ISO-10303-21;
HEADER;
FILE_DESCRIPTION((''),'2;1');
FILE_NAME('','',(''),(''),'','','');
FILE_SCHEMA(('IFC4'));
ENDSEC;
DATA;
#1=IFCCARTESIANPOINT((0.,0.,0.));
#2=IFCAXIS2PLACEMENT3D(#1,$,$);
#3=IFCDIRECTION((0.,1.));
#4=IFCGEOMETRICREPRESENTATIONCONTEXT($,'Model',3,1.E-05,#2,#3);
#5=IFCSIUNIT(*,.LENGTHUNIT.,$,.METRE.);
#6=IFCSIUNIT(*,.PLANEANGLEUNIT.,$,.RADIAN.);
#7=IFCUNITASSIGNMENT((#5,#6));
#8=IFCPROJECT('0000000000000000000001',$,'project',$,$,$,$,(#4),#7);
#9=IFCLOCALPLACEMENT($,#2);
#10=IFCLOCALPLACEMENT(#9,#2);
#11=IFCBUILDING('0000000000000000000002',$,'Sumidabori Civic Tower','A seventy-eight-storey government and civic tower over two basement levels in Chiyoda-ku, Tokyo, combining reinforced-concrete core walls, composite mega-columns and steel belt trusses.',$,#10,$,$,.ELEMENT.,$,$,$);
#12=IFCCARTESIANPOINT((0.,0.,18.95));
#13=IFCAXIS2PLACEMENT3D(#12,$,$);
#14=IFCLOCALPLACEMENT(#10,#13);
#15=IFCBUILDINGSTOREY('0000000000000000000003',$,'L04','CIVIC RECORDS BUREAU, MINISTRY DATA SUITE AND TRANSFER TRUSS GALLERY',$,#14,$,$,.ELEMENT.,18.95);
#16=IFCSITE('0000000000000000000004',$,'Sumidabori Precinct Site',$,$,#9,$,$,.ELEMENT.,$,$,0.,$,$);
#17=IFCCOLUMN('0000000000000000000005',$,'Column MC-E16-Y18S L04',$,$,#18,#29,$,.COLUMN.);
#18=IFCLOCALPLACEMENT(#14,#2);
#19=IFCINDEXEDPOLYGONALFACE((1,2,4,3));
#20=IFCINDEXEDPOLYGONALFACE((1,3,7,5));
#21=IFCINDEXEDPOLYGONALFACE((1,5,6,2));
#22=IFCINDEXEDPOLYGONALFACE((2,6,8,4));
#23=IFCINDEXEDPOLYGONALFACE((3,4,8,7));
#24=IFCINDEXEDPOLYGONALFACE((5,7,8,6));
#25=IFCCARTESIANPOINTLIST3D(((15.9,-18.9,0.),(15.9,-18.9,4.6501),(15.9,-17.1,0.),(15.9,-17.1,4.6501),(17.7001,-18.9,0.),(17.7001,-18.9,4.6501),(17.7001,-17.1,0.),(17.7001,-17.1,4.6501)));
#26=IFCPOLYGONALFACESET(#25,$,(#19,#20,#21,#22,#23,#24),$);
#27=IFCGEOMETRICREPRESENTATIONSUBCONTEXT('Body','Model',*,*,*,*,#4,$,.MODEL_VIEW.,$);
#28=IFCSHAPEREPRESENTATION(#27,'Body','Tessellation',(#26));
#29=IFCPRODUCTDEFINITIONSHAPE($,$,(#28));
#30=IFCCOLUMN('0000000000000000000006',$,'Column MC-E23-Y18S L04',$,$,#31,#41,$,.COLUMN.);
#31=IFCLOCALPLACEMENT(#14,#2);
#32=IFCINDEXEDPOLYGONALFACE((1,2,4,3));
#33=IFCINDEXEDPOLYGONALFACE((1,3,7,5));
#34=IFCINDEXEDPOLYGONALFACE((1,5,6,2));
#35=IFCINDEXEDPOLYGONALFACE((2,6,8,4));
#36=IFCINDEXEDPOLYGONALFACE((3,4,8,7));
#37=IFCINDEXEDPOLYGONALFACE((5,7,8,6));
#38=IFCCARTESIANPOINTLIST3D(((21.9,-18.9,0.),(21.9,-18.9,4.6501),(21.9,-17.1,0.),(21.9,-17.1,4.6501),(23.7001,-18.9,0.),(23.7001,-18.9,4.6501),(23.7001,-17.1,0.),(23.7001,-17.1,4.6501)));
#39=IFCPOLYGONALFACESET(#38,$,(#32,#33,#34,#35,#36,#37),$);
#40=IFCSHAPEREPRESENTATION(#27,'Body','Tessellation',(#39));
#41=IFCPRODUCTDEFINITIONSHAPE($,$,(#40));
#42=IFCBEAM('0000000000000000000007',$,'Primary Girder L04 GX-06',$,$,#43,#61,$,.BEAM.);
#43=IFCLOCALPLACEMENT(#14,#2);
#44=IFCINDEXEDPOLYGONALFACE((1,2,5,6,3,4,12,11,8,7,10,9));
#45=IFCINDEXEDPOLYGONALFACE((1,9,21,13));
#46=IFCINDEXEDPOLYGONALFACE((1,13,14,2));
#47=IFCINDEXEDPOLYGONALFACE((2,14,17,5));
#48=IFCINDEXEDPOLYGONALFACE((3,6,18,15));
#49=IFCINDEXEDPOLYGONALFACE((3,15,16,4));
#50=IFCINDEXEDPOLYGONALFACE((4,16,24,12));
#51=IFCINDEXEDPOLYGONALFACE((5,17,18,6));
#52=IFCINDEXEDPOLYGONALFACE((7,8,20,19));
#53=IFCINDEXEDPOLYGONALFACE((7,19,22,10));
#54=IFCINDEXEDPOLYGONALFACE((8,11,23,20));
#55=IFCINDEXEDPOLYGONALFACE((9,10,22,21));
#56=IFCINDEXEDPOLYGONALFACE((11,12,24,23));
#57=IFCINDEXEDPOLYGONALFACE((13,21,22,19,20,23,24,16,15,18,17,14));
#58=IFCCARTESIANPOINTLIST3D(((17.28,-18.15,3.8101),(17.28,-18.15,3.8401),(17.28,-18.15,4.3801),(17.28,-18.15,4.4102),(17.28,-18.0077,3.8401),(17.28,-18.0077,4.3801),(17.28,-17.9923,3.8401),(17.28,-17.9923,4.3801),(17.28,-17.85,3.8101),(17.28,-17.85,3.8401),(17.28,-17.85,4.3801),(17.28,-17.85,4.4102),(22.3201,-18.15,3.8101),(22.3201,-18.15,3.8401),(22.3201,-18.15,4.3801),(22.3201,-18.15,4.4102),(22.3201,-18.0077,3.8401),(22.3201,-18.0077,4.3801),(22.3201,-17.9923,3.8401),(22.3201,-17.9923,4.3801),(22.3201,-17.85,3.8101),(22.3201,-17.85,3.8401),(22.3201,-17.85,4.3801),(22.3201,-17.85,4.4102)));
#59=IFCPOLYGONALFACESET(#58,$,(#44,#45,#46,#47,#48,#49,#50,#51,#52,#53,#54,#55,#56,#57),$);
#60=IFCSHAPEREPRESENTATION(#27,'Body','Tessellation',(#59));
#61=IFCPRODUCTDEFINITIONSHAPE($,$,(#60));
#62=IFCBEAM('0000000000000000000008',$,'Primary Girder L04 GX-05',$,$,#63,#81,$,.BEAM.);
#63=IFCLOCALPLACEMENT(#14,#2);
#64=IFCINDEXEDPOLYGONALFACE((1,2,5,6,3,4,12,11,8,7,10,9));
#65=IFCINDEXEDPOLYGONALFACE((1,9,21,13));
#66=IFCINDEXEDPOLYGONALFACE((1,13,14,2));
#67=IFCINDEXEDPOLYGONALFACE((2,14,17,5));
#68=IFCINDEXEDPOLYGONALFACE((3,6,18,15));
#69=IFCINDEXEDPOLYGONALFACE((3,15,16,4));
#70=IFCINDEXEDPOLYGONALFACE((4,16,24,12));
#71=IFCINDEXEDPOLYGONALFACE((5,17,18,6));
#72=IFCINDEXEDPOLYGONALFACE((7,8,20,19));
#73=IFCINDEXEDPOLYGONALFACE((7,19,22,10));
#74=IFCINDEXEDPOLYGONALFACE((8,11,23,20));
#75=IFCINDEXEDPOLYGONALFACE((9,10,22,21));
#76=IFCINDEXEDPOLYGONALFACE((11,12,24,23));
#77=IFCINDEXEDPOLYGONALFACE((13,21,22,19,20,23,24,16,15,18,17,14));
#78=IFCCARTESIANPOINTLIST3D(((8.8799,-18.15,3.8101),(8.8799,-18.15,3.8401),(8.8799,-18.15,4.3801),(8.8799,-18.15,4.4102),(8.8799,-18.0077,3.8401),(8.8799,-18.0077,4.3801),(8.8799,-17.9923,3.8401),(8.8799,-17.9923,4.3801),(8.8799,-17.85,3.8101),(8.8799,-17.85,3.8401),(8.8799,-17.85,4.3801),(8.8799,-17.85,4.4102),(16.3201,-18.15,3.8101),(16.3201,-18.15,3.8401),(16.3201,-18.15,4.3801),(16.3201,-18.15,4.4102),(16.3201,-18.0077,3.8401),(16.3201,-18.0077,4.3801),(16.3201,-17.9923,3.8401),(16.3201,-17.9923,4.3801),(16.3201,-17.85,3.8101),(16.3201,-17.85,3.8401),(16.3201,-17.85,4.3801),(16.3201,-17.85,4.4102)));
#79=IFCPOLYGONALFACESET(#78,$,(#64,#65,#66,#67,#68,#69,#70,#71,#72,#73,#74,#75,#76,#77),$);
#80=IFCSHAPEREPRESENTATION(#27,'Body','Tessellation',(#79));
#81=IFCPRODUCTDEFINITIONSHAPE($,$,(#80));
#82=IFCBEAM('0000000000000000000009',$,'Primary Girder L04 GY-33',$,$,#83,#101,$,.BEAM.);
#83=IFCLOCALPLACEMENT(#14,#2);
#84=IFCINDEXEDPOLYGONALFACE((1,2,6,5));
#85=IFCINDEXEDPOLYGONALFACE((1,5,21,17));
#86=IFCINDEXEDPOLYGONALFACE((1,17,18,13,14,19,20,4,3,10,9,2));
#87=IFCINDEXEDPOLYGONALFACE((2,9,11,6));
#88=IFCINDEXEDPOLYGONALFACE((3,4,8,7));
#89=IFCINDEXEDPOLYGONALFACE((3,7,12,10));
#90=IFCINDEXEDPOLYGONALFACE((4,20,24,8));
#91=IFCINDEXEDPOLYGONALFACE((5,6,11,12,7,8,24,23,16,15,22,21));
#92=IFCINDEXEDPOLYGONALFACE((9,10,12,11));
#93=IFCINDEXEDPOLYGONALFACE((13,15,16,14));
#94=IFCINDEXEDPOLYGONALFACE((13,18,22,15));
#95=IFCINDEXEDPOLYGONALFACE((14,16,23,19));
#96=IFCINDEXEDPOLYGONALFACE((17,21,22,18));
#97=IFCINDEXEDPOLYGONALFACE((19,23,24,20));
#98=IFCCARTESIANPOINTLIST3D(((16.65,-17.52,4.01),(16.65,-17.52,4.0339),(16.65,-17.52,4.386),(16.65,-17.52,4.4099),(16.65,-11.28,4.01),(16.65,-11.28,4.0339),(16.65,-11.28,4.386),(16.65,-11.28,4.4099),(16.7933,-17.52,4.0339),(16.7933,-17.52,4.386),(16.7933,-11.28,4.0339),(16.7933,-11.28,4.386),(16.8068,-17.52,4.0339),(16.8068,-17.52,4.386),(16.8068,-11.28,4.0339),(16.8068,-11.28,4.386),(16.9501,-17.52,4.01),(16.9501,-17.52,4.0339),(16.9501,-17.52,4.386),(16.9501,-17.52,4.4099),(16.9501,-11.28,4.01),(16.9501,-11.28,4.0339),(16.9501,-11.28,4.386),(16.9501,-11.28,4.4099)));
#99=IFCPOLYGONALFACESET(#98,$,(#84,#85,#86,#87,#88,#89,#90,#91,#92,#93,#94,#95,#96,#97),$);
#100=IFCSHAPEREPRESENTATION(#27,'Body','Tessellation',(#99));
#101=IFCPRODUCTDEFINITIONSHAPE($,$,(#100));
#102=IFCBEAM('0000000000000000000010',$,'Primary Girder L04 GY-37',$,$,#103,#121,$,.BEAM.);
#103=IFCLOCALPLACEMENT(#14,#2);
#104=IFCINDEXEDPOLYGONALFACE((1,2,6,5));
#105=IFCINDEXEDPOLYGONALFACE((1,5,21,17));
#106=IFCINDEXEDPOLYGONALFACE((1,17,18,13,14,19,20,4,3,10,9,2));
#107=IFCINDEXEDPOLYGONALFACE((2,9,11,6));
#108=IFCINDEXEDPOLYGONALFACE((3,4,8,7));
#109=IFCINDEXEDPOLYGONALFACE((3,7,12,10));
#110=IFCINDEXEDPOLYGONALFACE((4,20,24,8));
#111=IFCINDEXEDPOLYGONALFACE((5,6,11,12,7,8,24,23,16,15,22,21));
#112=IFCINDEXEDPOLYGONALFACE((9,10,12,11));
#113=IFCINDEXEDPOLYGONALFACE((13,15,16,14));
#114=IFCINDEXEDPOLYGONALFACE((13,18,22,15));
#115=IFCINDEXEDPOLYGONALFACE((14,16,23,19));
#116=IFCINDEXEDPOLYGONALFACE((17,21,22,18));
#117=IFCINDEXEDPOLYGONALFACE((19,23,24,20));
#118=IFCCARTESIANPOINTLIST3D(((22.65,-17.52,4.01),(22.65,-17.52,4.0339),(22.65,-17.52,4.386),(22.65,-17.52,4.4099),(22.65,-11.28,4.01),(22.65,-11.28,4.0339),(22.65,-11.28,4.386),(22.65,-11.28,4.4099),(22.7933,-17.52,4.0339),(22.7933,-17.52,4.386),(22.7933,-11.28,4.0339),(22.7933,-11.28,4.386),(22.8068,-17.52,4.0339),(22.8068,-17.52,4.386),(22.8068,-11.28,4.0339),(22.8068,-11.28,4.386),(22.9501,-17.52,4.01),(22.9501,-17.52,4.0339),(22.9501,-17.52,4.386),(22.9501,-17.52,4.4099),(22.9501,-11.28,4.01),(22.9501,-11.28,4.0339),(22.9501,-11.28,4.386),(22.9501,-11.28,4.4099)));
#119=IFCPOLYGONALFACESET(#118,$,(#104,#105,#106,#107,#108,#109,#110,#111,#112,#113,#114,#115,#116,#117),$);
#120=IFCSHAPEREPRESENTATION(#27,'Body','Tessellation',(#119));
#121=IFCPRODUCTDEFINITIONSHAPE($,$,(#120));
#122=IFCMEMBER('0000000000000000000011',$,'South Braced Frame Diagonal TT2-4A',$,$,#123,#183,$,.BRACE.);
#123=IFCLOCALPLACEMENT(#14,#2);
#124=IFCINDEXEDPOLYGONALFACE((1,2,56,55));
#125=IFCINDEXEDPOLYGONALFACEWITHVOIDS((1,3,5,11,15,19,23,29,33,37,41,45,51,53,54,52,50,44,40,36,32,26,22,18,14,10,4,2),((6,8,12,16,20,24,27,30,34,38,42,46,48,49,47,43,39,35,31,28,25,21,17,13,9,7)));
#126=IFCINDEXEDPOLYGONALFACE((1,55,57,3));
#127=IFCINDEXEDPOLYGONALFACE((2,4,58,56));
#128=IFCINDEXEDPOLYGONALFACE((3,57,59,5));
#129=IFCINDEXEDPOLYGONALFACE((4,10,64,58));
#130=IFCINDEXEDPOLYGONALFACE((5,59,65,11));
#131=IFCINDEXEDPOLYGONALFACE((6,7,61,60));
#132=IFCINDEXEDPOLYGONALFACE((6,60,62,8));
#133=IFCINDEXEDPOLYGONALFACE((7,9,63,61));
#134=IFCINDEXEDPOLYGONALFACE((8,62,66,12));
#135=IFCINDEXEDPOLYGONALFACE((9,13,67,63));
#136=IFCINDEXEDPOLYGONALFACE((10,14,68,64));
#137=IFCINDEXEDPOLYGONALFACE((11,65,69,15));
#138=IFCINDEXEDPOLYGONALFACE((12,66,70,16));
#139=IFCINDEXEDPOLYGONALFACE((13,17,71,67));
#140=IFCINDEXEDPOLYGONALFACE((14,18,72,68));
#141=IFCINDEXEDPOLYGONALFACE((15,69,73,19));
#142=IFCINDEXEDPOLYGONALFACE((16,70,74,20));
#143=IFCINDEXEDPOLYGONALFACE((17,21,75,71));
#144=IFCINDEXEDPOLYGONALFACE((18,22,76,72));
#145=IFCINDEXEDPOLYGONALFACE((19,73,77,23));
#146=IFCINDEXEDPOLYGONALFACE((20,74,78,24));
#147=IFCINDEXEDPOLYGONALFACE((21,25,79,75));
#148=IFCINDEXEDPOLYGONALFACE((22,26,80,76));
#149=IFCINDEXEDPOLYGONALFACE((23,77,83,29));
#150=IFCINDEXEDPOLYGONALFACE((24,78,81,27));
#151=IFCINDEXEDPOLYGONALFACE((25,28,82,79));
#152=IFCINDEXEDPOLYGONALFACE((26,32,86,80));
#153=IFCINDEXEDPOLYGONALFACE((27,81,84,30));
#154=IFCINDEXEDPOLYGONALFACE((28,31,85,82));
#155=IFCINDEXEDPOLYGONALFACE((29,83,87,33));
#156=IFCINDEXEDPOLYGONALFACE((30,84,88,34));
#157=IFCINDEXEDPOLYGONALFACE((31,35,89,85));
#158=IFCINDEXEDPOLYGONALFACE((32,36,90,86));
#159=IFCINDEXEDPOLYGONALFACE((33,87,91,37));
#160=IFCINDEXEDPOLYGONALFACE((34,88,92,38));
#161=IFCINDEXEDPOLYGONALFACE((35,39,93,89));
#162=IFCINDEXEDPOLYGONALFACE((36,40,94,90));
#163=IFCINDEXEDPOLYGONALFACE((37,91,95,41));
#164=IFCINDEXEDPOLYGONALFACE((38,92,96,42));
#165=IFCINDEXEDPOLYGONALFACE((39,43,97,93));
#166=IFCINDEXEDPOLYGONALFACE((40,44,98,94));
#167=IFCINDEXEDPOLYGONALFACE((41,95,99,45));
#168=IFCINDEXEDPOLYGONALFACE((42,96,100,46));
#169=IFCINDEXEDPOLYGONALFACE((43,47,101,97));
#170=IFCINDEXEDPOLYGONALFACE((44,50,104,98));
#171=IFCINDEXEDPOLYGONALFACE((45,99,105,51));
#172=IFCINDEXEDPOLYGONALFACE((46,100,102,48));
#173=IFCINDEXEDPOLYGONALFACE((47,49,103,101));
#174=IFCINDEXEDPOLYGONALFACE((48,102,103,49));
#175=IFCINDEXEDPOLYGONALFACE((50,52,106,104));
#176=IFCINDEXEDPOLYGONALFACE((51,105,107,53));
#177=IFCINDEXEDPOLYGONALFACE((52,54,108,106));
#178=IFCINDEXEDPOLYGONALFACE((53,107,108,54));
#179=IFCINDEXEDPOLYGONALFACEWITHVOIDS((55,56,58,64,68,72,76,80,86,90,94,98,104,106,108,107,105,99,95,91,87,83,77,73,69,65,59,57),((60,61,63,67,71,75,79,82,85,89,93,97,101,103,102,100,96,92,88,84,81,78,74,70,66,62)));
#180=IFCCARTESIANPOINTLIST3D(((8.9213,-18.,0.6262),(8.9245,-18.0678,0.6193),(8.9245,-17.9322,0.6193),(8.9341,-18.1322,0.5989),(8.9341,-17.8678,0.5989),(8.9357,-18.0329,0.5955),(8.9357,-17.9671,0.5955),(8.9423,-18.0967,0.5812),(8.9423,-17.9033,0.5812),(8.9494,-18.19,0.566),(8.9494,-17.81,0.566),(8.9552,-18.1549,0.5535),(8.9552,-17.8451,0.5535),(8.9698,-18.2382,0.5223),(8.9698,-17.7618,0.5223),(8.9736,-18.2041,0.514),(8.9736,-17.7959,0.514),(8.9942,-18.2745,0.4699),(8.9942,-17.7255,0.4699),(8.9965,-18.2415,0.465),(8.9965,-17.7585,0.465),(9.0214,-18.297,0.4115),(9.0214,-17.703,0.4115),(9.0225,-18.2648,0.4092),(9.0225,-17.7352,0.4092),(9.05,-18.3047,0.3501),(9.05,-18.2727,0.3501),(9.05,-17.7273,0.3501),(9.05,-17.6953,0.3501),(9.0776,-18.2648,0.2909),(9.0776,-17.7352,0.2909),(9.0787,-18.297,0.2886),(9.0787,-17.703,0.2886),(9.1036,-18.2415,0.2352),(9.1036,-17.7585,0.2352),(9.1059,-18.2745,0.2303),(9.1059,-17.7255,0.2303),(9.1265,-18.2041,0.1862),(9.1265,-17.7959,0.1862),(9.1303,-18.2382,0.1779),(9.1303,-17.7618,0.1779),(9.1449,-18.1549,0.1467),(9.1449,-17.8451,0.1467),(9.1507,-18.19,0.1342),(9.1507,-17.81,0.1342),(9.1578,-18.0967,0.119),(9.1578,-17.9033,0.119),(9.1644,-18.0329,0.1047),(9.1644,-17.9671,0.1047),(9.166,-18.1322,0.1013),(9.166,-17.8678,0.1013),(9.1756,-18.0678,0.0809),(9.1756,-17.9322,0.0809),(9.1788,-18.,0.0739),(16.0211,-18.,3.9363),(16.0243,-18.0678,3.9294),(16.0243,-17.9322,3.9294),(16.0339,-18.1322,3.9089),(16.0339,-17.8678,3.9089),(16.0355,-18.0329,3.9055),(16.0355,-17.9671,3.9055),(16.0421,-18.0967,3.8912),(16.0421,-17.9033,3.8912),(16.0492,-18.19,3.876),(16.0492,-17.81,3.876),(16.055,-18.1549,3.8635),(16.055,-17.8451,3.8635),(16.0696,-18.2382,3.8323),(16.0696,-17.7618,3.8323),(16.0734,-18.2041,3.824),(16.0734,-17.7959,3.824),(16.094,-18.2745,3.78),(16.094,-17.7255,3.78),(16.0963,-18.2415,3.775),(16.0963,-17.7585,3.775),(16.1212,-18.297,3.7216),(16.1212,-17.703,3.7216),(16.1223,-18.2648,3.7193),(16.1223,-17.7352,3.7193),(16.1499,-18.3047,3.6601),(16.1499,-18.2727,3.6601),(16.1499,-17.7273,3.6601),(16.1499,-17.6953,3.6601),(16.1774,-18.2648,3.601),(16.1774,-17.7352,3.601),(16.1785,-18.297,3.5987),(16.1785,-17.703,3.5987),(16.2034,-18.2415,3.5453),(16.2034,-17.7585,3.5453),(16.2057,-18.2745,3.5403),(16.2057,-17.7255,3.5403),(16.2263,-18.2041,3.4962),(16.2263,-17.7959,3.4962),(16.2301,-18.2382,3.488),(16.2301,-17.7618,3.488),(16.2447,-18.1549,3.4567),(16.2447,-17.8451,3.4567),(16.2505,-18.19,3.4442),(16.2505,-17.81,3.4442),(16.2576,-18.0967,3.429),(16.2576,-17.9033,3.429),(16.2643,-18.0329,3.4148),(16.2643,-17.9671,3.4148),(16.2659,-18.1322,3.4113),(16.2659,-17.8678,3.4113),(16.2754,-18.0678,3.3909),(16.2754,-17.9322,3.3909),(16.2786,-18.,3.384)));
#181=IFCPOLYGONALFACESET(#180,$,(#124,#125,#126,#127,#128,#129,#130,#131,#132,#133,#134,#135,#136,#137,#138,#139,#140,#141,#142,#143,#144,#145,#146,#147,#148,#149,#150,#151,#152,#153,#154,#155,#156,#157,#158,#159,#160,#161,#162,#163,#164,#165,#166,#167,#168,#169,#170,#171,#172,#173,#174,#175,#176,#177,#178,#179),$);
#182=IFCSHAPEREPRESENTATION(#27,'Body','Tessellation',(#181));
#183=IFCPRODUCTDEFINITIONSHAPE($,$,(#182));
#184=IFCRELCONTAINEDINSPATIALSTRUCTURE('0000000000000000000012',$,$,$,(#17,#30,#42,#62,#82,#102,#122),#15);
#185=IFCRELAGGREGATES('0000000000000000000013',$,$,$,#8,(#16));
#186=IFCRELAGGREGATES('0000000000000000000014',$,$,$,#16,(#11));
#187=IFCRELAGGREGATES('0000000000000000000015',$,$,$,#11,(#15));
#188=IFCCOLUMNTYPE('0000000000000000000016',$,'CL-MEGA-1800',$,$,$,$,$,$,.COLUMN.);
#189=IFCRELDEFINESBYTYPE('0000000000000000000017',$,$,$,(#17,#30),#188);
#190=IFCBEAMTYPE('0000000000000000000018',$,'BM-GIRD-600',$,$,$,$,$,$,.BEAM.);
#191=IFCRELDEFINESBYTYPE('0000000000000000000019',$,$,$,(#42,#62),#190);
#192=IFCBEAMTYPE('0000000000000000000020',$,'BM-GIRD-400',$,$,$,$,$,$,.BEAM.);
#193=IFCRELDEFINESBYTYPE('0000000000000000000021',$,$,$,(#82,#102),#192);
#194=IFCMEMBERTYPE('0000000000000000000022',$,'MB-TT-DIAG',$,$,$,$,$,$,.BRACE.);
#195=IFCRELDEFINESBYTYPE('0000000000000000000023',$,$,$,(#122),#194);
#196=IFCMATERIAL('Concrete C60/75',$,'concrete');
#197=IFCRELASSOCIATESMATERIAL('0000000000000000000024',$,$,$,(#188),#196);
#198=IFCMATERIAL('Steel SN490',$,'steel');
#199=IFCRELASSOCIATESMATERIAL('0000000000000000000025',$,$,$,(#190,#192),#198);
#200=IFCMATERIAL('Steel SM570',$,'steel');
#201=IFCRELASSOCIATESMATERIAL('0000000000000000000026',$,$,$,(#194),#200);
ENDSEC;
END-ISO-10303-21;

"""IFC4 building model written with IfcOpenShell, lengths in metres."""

from ifc_helpers import new_model, si_unit, direction, frame, origin, origin_2d, place, context, subcontext, project, spatial, rectangle, hollow_circle, i_section, extrude, source, transform, mapped, material, material_profile, profile_set, type_object, element, save


model = new_model("IFC4")

# Units and contexts
model_context = context("Model", 3, precision=1e-05, world=origin(), true_north=direction((0.0, 1.0)))
body_context = subcontext(model_context, "Body", "Model", "MODEL_VIEW")
ifc_project = project(units=[si_unit("LENGTHUNIT", "METRE"), si_unit("PLANEANGLEUNIT", "RADIAN")], contexts=[model_context])

# Site, building, storey
site_placement = place(None, origin())
site = spatial("IfcSite", under=ifc_project, at=site_placement, Name="Sumidabori Precinct Site", CompositionType="ELEMENT", RefElevation=0.0)
building_placement = place(site_placement, origin())
building = spatial("IfcBuilding", under=site, at=building_placement, Name="Sumidabori Civic Tower", Description="A seventy-eight-storey government and civic tower over two basement levels in Chiyoda-ku, Tokyo, combining reinforced-concrete core walls, composite mega-columns and steel belt trusses.", CompositionType="ELEMENT")
storey_placement = place(building_placement, frame((0.0, 0.0, 18.95)))
storey = spatial("IfcBuildingStorey", under=building, at=storey_placement, Name="L04", Description="CIVIC RECORDS BUREAU, MINISTRY DATA SUITE AND TRANSFER TRUSS GALLERY", CompositionType="ELEMENT", Elevation=18.95)

# Columns
ifc_material_1 = material(Name="Concrete C60/75", Category="concrete")
ifc_material_profile_1 = material_profile(ifc_material_1, rectangle(XDim=1.8, YDim=1.8, at=origin_2d()), Name="RC 1800x1800")
ifc_profile_set_1 = profile_set([ifc_material_profile_1], Name="Concrete C60/75")
column_type = type_object("IfcColumnType", Name="CL-MEGA-1800", PredefinedType="COLUMN", material=ifc_profile_set_1)
shared_shape_1 = source(origin(), body_context, "Body", "SweptSolid", [
    extrude(rectangle(XDim=1.8, YDim=1.8, at=origin_2d()), origin(), (0.0, 0.0, 1.0), 4.6501),
])
for number, where, z_axis, x_axis, name in (
    (1, (16.8, -18.0, 0.0), (0.0, 0.0, 1.0), (1.0, 0.0, 0.0), "Column MC-E16-Y18S L04"),
    (2, (22.8, -18.0, 0.0), (0.0, 0.0, 1.0), (1.0, 0.0, 0.0), "Column MC-E23-Y18S L04"),
):
    element("IfcColumn", number, at=place(storey_placement, frame(where, z_axis=z_axis, x_axis=x_axis)), inside=storey, type_object=column_type, Name=name, PredefinedType="COLUMN", context=body_context, shape_type="MappedRepresentation", body=[
        mapped(shared_shape_1, transform((0.0, 0.0, 0.0), x_axis=(1.0, 0.0, 0.0), y_axis=(0.0, 1.0, 0.0), z_axis=(0.0, 0.0, 1.0), scale=1.0)),
    ])

# Beams
ifc_material_2 = material(Name="Steel SN490", Category="steel")
ifc_material_profile_2 = material_profile(ifc_material_2, i_section(OverallWidth=0.3, OverallDepth=0.6001, WebThickness=0.0154, FlangeThickness=0.03, at=origin_2d()), Name="HE 600 B")
ifc_profile_set_2 = profile_set([ifc_material_profile_2], Name="Steel SN490")
beam_type_1 = type_object("IfcBeamType", Name="BM-GIRD-600", PredefinedType="BEAM", material=ifc_profile_set_2)
shared_shape_2 = source(origin(), body_context, "Body", "SweptSolid", [
    extrude(i_section(OverallWidth=0.3, OverallDepth=0.6001, WebThickness=0.0154, FlangeThickness=0.03, at=origin_2d()), origin(), (0.0, 0.0, 1.0), 5.04),
])
beam_1_placement = place(storey_placement, frame((17.28, -18.0, 4.1101), z_axis=(1.0, 0.0, 0.0), x_axis=(0.0, 1.0, 0.0)))
element("IfcBeam", 3, at=beam_1_placement, inside=storey, type_object=beam_type_1, Name="Primary Girder L04 GX-06", PredefinedType="BEAM", context=body_context, shape_type="MappedRepresentation", body=[
    mapped(shared_shape_2, transform((0.0, 0.0, 0.0), x_axis=(1.0, 0.0, 0.0), y_axis=(0.0, 1.0, 0.0), z_axis=(0.0, 0.0, 1.0), scale=1.0)),
])
shared_shape_3 = source(origin(), body_context, "Body", "SweptSolid", [
    extrude(i_section(OverallWidth=0.3, OverallDepth=0.6001, WebThickness=0.0154, FlangeThickness=0.03, at=origin_2d()), origin(), (0.0, 0.0, 1.0), 7.4402),
])
beam_2_placement = place(storey_placement, frame((8.8799, -18.0, 4.1101), z_axis=(1.0, 0.0, 0.0), x_axis=(0.0, 1.0, 0.0)))
element("IfcBeam", 4, at=beam_2_placement, inside=storey, type_object=beam_type_1, Name="Primary Girder L04 GX-05", PredefinedType="BEAM", context=body_context, shape_type="MappedRepresentation", body=[
    mapped(shared_shape_3, transform((0.0, 0.0, 0.0), x_axis=(1.0, 0.0, 0.0), y_axis=(0.0, 1.0, 0.0), z_axis=(0.0, 0.0, 1.0), scale=1.0)),
])
ifc_material_profile_3 = material_profile(ifc_material_2, i_section(OverallWidth=0.3, OverallDepth=0.3999, WebThickness=0.0134, FlangeThickness=0.0239, at=origin_2d()), Name="HE 400 B")
ifc_profile_set_3 = profile_set([ifc_material_profile_3], Name="Steel SN490")
beam_type_2 = type_object("IfcBeamType", Name="BM-GIRD-400", PredefinedType="BEAM", material=ifc_profile_set_3)
shared_shape_4 = source(origin(), body_context, "Body", "SweptSolid", [
    extrude(i_section(OverallWidth=0.3, OverallDepth=0.3999, WebThickness=0.0134, FlangeThickness=0.0239, at=origin_2d()), origin(), (0.0, 0.0, 1.0), 6.24),
])
for number, where, z_axis, x_axis, name in (
    (5, (16.8, -17.52, 4.21), (0.0, 1.0, 0.0), (-1.0, 0.0, 0.0), "Primary Girder L04 GY-33"),
    (6, (22.8, -17.52, 4.21), (0.0, 1.0, 0.0), (-1.0, 0.0, 0.0), "Primary Girder L04 GY-37"),
):
    element("IfcBeam", number, at=place(storey_placement, frame(where, z_axis=z_axis, x_axis=x_axis)), inside=storey, type_object=beam_type_2, Name=name, PredefinedType="BEAM", context=body_context, shape_type="MappedRepresentation", body=[
        mapped(shared_shape_4, transform((0.0, 0.0, 0.0), x_axis=(1.0, 0.0, 0.0), y_axis=(0.0, 1.0, 0.0), z_axis=(0.0, 0.0, 1.0), scale=1.0)),
    ])

# Member
ifc_material_3 = material(Name="Steel SM570", Category="steel")
ifc_material_profile_4 = material_profile(ifc_material_3, hollow_circle(Radius=0.3047, WallThickness=0.032, at=origin_2d()), Name="CHS 609.6x32")
ifc_profile_set_4 = profile_set([ifc_material_profile_4], Name="Steel SM570")
member_type = type_object("IfcMemberType", Name="MB-TT-DIAG", PredefinedType="BRACE", material=ifc_profile_set_4)
shared_shape_5 = source(origin(), body_context, "Body", "SweptSolid", [
    extrude(hollow_circle(Radius=0.3047, WallThickness=0.032, at=origin_2d()), origin(), (0.0, 0.0, 1.0), 7.8335),
])
member_placement = place(storey_placement, frame((9.05, -18.0, 0.3501), z_axis=(0.90634, 0.0, 0.422549), x_axis=(0.0, 1.0, 0.0)))
element("IfcMember", 7, at=member_placement, inside=storey, type_object=member_type, Name="South Braced Frame Diagonal TT2-4A", PredefinedType="BRACE", context=body_context, shape_type="MappedRepresentation", body=[
    mapped(shared_shape_5, transform((0.0, 0.0, 0.0), x_axis=(1.0, 0.0, 0.0), y_axis=(0.0, 1.0, 0.0), z_axis=(0.0, 0.0, 1.0), scale=1.0)),
])

save(model, "model.ifc")
